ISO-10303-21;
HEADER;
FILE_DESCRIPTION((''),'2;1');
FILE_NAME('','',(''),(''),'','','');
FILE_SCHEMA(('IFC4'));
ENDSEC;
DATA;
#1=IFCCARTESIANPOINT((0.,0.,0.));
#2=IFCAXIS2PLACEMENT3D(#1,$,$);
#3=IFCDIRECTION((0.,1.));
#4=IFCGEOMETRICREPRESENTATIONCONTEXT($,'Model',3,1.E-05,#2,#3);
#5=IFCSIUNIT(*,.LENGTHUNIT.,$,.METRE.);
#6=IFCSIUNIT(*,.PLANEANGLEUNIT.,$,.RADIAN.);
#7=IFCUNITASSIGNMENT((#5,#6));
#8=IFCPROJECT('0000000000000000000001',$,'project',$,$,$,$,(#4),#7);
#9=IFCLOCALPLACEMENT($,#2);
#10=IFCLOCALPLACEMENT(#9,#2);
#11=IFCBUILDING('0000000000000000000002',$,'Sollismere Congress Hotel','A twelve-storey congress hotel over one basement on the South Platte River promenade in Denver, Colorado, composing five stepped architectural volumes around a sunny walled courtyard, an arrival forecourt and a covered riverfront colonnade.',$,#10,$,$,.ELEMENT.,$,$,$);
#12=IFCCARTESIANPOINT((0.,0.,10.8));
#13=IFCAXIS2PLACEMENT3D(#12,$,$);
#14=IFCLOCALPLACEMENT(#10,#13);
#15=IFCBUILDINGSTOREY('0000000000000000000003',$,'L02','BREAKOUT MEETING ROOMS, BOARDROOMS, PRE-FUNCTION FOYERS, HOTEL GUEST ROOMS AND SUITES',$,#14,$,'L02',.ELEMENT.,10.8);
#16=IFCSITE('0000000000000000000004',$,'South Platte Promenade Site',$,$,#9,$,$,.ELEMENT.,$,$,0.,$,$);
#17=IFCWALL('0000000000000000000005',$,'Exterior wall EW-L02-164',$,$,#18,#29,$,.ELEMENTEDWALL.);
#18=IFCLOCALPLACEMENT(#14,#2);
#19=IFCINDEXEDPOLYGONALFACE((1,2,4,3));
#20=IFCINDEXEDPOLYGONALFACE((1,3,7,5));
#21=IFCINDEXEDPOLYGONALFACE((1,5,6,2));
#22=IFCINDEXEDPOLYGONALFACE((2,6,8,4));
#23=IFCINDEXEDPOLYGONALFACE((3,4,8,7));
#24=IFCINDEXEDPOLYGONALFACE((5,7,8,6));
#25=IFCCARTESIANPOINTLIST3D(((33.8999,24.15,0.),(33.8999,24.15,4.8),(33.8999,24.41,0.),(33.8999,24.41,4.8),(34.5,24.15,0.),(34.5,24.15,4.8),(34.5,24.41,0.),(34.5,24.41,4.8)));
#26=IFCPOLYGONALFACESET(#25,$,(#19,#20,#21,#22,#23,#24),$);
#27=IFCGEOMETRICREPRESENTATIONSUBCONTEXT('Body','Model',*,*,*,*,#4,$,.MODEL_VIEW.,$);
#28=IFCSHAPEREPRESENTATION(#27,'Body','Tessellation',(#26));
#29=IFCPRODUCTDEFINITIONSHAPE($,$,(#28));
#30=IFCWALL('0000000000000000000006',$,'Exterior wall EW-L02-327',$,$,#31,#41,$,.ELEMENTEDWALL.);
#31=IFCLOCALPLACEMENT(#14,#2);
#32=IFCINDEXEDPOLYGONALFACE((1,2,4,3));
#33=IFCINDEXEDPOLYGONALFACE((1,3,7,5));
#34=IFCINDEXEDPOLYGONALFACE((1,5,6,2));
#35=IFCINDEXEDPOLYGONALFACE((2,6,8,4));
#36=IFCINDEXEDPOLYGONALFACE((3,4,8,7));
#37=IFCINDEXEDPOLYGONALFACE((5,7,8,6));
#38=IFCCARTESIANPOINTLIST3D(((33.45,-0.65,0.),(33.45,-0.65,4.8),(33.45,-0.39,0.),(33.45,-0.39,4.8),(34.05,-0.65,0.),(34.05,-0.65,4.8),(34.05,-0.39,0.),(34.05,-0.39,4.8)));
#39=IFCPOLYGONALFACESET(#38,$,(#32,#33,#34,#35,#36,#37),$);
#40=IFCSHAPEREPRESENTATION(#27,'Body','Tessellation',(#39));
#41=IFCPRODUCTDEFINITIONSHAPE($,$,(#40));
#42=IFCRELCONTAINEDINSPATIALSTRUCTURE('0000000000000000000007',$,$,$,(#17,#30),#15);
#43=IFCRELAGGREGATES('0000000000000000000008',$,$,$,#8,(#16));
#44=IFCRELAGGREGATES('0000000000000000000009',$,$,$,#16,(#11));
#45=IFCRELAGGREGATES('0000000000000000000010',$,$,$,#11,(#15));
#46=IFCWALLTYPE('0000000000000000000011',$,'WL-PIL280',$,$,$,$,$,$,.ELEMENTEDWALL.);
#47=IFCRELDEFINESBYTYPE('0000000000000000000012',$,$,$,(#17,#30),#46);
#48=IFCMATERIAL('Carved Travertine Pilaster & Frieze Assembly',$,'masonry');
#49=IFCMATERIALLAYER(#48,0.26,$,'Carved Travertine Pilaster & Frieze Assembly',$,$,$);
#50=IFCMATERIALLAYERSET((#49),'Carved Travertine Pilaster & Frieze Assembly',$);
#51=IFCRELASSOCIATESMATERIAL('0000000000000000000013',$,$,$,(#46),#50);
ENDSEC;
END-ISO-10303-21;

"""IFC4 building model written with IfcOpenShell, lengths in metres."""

from ifc_helpers import new_model, si_unit, direction, frame, frame_2d, origin, place, context, subcontext, project, spatial, rectangle, extrude, material, layer, layer_set, type_object, element, save


model = new_model("IFC4")

# Units and contexts
model_context = context("Model", 3, precision=1e-05, world=origin(), true_north=direction((0.0, 1.0)))
body_context = subcontext(model_context, "Body", "Model", "MODEL_VIEW")
ifc_project = project(units=[si_unit("LENGTHUNIT", "METRE"), si_unit("PLANEANGLEUNIT", "RADIAN")], contexts=[model_context])

# Site, building, storey
site_placement = place(None, origin())
site = spatial("IfcSite", under=ifc_project, at=site_placement, Name="South Platte Promenade Site", CompositionType="ELEMENT", RefElevation=0.0)
building_placement = place(site_placement, origin())
building = spatial("IfcBuilding", under=site, at=building_placement, Name="Sollismere Congress Hotel", Description="A twelve-storey congress hotel over one basement on the South Platte River promenade in Denver, Colorado, composing five stepped architectural volumes around a sunny walled courtyard, an arrival forecourt and a covered riverfront colonnade.", CompositionType="ELEMENT")
storey_placement = place(building_placement, frame((0.0, 0.0, 10.8)))
storey = spatial("IfcBuildingStorey", under=building, at=storey_placement, Name="L02", Description="BREAKOUT MEETING ROOMS, BOARDROOMS, PRE-FUNCTION FOYERS, HOTEL GUEST ROOMS AND SUITES", LongName="L02", CompositionType="ELEMENT", Elevation=10.8)

# Walls
ifc_material_1 = material(Name="Carved Travertine Pilaster & Frieze Assembly", Category="masonry")
ifc_layer_1 = layer(ifc_material_1, 0.26, Name="Carved Travertine Pilaster & Frieze Assembly")
ifc_layer_set_1 = layer_set([ifc_layer_1], Name="Carved Travertine Pilaster & Frieze Assembly")
wall_type_1 = type_object("IfcWallType", Name="WL-PIL280", PredefinedType="ELEMENTEDWALL", material=ifc_layer_set_1)
for number, where, z_axis, x_axis, name in (
    (1, (33.8999, 24.28, 0.0), (0.0, 0.0, 1.0), (1.0, 0.0, 0.0), "Exterior wall EW-L02-164"),
    (2, (33.45, -0.52, 0.0), (0.0, 0.0, 1.0), (1.0, 0.0, 0.0), "Exterior wall EW-L02-327"),
):
    element("IfcWall", number, at=place(storey_placement, frame(where, z_axis=z_axis, x_axis=x_axis)), inside=storey, type_object=wall_type_1, Name=name, PredefinedType="ELEMENTEDWALL", context=body_context, shape_type="SweptSolid", body=[
        extrude(rectangle(XDim=0.6001, YDim=0.26, at=frame_2d((0.3, 0.0))), origin(), (0.0, 0.0, 1.0), 4.8),
    ])

save(model, "model.ifc")
